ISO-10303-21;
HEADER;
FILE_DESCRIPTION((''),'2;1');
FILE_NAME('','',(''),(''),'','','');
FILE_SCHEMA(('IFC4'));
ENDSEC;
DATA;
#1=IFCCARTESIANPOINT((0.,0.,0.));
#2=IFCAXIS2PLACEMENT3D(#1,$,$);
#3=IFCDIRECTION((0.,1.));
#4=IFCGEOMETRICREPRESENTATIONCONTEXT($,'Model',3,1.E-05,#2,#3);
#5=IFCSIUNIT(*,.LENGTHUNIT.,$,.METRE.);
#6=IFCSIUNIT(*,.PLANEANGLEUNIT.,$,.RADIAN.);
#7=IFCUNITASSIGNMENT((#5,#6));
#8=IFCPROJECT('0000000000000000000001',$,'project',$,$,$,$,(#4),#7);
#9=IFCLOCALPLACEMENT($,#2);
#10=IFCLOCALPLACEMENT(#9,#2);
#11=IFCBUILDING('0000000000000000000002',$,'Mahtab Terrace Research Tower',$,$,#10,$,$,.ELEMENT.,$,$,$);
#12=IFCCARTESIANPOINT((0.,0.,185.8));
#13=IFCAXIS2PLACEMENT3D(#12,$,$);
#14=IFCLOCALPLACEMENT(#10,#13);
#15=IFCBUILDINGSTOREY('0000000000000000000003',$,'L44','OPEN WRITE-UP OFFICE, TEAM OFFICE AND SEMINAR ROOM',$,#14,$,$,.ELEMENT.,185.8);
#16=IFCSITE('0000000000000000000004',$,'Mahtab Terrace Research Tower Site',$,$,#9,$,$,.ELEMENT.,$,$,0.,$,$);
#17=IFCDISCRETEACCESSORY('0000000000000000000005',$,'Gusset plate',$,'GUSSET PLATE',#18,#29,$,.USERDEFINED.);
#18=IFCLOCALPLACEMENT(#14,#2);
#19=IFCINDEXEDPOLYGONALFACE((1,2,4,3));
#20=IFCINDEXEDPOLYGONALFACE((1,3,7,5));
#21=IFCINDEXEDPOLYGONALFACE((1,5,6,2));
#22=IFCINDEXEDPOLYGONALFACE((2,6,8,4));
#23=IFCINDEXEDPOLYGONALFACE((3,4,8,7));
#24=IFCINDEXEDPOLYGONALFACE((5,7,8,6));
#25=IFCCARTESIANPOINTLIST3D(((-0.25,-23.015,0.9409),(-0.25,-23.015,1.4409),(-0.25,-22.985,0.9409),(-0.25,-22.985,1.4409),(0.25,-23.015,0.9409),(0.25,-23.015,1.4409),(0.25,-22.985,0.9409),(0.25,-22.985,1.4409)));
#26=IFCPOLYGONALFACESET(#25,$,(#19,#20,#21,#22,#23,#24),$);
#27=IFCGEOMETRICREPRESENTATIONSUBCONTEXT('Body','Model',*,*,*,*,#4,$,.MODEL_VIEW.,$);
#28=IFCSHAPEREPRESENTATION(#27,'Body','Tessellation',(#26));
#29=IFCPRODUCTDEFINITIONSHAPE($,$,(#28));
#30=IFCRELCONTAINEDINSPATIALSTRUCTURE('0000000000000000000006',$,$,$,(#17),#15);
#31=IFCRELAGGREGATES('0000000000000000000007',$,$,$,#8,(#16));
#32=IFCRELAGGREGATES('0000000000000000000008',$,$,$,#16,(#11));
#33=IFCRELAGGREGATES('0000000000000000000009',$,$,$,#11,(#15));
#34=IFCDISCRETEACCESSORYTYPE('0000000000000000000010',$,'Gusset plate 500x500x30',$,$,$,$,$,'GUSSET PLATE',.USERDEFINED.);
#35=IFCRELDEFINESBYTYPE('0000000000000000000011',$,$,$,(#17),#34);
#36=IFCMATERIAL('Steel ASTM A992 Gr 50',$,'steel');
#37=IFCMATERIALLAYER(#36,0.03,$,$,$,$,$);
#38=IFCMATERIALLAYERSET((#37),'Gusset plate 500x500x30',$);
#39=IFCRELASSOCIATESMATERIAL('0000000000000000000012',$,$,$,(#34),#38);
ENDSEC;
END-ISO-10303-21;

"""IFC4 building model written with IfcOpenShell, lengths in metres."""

from ifc_helpers import new_model, si_unit, direction, frame, origin, origin_2d, place, context, subcontext, project, spatial, rectangle, extrude, material, layer, layer_set, type_object, element, save


model = new_model("IFC4")

# Units and contexts
model_context = context("Model", 3, precision=1e-05, world=origin(), true_north=direction((0.0, 1.0)))
body_context = subcontext(model_context, "Body", "Model", "MODEL_VIEW")
ifc_project = project(units=[si_unit("LENGTHUNIT", "METRE"), si_unit("PLANEANGLEUNIT", "RADIAN")], contexts=[model_context])

# Site, building, storey
site_placement = place(None, origin())
site = spatial("IfcSite", under=ifc_project, at=site_placement, Name="Mahtab Terrace Research Tower Site", CompositionType="ELEMENT", RefElevation=0.0)
building_placement = place(site_placement, origin())
building = spatial("IfcBuilding", under=site, at=building_placement, Name="Mahtab Terrace Research Tower", CompositionType="ELEMENT")
storey_placement = place(building_placement, frame((0.0, 0.0, 185.8)))
storey = spatial("IfcBuildingStorey", under=building, at=storey_placement, Name="L44", Description="OPEN WRITE-UP OFFICE, TEAM OFFICE AND SEMINAR ROOM", CompositionType="ELEMENT", Elevation=185.8)

# Shared definitions
ifc_material_1 = material(Name="Steel ASTM A992 Gr 50", Category="steel")

# Discrete accessory
ifc_layer_1 = layer(ifc_material_1, 0.03)
ifc_layer_set_1 = layer_set([ifc_layer_1], Name="Gusset plate 500x500x30")
discrete_accessory_type = type_object("IfcDiscreteAccessoryType", Name="Gusset plate 500x500x30", ElementType="GUSSET PLATE", PredefinedType="USERDEFINED", material=ifc_layer_set_1)
for number, where, z_axis, x_axis, name in (
    (1, (0.0, -23.0, 0.9409), (0.0, 0.0, 1.0), (1.0, 0.0, 0.0), "Gusset plate"),
):
    element("IfcDiscreteAccessory", number, at=place(storey_placement, frame(where, z_axis=z_axis, x_axis=x_axis)), inside=storey, type_object=discrete_accessory_type, Name=name, ObjectType="GUSSET PLATE", PredefinedType="USERDEFINED", context=body_context, shape_type="SweptSolid", body=[
        extrude(rectangle(XDim=0.5, YDim=0.03, at=origin_2d()), origin(), (0.0, 0.0, 1.0), 0.5),
    ])

save(model, "model.ifc")
